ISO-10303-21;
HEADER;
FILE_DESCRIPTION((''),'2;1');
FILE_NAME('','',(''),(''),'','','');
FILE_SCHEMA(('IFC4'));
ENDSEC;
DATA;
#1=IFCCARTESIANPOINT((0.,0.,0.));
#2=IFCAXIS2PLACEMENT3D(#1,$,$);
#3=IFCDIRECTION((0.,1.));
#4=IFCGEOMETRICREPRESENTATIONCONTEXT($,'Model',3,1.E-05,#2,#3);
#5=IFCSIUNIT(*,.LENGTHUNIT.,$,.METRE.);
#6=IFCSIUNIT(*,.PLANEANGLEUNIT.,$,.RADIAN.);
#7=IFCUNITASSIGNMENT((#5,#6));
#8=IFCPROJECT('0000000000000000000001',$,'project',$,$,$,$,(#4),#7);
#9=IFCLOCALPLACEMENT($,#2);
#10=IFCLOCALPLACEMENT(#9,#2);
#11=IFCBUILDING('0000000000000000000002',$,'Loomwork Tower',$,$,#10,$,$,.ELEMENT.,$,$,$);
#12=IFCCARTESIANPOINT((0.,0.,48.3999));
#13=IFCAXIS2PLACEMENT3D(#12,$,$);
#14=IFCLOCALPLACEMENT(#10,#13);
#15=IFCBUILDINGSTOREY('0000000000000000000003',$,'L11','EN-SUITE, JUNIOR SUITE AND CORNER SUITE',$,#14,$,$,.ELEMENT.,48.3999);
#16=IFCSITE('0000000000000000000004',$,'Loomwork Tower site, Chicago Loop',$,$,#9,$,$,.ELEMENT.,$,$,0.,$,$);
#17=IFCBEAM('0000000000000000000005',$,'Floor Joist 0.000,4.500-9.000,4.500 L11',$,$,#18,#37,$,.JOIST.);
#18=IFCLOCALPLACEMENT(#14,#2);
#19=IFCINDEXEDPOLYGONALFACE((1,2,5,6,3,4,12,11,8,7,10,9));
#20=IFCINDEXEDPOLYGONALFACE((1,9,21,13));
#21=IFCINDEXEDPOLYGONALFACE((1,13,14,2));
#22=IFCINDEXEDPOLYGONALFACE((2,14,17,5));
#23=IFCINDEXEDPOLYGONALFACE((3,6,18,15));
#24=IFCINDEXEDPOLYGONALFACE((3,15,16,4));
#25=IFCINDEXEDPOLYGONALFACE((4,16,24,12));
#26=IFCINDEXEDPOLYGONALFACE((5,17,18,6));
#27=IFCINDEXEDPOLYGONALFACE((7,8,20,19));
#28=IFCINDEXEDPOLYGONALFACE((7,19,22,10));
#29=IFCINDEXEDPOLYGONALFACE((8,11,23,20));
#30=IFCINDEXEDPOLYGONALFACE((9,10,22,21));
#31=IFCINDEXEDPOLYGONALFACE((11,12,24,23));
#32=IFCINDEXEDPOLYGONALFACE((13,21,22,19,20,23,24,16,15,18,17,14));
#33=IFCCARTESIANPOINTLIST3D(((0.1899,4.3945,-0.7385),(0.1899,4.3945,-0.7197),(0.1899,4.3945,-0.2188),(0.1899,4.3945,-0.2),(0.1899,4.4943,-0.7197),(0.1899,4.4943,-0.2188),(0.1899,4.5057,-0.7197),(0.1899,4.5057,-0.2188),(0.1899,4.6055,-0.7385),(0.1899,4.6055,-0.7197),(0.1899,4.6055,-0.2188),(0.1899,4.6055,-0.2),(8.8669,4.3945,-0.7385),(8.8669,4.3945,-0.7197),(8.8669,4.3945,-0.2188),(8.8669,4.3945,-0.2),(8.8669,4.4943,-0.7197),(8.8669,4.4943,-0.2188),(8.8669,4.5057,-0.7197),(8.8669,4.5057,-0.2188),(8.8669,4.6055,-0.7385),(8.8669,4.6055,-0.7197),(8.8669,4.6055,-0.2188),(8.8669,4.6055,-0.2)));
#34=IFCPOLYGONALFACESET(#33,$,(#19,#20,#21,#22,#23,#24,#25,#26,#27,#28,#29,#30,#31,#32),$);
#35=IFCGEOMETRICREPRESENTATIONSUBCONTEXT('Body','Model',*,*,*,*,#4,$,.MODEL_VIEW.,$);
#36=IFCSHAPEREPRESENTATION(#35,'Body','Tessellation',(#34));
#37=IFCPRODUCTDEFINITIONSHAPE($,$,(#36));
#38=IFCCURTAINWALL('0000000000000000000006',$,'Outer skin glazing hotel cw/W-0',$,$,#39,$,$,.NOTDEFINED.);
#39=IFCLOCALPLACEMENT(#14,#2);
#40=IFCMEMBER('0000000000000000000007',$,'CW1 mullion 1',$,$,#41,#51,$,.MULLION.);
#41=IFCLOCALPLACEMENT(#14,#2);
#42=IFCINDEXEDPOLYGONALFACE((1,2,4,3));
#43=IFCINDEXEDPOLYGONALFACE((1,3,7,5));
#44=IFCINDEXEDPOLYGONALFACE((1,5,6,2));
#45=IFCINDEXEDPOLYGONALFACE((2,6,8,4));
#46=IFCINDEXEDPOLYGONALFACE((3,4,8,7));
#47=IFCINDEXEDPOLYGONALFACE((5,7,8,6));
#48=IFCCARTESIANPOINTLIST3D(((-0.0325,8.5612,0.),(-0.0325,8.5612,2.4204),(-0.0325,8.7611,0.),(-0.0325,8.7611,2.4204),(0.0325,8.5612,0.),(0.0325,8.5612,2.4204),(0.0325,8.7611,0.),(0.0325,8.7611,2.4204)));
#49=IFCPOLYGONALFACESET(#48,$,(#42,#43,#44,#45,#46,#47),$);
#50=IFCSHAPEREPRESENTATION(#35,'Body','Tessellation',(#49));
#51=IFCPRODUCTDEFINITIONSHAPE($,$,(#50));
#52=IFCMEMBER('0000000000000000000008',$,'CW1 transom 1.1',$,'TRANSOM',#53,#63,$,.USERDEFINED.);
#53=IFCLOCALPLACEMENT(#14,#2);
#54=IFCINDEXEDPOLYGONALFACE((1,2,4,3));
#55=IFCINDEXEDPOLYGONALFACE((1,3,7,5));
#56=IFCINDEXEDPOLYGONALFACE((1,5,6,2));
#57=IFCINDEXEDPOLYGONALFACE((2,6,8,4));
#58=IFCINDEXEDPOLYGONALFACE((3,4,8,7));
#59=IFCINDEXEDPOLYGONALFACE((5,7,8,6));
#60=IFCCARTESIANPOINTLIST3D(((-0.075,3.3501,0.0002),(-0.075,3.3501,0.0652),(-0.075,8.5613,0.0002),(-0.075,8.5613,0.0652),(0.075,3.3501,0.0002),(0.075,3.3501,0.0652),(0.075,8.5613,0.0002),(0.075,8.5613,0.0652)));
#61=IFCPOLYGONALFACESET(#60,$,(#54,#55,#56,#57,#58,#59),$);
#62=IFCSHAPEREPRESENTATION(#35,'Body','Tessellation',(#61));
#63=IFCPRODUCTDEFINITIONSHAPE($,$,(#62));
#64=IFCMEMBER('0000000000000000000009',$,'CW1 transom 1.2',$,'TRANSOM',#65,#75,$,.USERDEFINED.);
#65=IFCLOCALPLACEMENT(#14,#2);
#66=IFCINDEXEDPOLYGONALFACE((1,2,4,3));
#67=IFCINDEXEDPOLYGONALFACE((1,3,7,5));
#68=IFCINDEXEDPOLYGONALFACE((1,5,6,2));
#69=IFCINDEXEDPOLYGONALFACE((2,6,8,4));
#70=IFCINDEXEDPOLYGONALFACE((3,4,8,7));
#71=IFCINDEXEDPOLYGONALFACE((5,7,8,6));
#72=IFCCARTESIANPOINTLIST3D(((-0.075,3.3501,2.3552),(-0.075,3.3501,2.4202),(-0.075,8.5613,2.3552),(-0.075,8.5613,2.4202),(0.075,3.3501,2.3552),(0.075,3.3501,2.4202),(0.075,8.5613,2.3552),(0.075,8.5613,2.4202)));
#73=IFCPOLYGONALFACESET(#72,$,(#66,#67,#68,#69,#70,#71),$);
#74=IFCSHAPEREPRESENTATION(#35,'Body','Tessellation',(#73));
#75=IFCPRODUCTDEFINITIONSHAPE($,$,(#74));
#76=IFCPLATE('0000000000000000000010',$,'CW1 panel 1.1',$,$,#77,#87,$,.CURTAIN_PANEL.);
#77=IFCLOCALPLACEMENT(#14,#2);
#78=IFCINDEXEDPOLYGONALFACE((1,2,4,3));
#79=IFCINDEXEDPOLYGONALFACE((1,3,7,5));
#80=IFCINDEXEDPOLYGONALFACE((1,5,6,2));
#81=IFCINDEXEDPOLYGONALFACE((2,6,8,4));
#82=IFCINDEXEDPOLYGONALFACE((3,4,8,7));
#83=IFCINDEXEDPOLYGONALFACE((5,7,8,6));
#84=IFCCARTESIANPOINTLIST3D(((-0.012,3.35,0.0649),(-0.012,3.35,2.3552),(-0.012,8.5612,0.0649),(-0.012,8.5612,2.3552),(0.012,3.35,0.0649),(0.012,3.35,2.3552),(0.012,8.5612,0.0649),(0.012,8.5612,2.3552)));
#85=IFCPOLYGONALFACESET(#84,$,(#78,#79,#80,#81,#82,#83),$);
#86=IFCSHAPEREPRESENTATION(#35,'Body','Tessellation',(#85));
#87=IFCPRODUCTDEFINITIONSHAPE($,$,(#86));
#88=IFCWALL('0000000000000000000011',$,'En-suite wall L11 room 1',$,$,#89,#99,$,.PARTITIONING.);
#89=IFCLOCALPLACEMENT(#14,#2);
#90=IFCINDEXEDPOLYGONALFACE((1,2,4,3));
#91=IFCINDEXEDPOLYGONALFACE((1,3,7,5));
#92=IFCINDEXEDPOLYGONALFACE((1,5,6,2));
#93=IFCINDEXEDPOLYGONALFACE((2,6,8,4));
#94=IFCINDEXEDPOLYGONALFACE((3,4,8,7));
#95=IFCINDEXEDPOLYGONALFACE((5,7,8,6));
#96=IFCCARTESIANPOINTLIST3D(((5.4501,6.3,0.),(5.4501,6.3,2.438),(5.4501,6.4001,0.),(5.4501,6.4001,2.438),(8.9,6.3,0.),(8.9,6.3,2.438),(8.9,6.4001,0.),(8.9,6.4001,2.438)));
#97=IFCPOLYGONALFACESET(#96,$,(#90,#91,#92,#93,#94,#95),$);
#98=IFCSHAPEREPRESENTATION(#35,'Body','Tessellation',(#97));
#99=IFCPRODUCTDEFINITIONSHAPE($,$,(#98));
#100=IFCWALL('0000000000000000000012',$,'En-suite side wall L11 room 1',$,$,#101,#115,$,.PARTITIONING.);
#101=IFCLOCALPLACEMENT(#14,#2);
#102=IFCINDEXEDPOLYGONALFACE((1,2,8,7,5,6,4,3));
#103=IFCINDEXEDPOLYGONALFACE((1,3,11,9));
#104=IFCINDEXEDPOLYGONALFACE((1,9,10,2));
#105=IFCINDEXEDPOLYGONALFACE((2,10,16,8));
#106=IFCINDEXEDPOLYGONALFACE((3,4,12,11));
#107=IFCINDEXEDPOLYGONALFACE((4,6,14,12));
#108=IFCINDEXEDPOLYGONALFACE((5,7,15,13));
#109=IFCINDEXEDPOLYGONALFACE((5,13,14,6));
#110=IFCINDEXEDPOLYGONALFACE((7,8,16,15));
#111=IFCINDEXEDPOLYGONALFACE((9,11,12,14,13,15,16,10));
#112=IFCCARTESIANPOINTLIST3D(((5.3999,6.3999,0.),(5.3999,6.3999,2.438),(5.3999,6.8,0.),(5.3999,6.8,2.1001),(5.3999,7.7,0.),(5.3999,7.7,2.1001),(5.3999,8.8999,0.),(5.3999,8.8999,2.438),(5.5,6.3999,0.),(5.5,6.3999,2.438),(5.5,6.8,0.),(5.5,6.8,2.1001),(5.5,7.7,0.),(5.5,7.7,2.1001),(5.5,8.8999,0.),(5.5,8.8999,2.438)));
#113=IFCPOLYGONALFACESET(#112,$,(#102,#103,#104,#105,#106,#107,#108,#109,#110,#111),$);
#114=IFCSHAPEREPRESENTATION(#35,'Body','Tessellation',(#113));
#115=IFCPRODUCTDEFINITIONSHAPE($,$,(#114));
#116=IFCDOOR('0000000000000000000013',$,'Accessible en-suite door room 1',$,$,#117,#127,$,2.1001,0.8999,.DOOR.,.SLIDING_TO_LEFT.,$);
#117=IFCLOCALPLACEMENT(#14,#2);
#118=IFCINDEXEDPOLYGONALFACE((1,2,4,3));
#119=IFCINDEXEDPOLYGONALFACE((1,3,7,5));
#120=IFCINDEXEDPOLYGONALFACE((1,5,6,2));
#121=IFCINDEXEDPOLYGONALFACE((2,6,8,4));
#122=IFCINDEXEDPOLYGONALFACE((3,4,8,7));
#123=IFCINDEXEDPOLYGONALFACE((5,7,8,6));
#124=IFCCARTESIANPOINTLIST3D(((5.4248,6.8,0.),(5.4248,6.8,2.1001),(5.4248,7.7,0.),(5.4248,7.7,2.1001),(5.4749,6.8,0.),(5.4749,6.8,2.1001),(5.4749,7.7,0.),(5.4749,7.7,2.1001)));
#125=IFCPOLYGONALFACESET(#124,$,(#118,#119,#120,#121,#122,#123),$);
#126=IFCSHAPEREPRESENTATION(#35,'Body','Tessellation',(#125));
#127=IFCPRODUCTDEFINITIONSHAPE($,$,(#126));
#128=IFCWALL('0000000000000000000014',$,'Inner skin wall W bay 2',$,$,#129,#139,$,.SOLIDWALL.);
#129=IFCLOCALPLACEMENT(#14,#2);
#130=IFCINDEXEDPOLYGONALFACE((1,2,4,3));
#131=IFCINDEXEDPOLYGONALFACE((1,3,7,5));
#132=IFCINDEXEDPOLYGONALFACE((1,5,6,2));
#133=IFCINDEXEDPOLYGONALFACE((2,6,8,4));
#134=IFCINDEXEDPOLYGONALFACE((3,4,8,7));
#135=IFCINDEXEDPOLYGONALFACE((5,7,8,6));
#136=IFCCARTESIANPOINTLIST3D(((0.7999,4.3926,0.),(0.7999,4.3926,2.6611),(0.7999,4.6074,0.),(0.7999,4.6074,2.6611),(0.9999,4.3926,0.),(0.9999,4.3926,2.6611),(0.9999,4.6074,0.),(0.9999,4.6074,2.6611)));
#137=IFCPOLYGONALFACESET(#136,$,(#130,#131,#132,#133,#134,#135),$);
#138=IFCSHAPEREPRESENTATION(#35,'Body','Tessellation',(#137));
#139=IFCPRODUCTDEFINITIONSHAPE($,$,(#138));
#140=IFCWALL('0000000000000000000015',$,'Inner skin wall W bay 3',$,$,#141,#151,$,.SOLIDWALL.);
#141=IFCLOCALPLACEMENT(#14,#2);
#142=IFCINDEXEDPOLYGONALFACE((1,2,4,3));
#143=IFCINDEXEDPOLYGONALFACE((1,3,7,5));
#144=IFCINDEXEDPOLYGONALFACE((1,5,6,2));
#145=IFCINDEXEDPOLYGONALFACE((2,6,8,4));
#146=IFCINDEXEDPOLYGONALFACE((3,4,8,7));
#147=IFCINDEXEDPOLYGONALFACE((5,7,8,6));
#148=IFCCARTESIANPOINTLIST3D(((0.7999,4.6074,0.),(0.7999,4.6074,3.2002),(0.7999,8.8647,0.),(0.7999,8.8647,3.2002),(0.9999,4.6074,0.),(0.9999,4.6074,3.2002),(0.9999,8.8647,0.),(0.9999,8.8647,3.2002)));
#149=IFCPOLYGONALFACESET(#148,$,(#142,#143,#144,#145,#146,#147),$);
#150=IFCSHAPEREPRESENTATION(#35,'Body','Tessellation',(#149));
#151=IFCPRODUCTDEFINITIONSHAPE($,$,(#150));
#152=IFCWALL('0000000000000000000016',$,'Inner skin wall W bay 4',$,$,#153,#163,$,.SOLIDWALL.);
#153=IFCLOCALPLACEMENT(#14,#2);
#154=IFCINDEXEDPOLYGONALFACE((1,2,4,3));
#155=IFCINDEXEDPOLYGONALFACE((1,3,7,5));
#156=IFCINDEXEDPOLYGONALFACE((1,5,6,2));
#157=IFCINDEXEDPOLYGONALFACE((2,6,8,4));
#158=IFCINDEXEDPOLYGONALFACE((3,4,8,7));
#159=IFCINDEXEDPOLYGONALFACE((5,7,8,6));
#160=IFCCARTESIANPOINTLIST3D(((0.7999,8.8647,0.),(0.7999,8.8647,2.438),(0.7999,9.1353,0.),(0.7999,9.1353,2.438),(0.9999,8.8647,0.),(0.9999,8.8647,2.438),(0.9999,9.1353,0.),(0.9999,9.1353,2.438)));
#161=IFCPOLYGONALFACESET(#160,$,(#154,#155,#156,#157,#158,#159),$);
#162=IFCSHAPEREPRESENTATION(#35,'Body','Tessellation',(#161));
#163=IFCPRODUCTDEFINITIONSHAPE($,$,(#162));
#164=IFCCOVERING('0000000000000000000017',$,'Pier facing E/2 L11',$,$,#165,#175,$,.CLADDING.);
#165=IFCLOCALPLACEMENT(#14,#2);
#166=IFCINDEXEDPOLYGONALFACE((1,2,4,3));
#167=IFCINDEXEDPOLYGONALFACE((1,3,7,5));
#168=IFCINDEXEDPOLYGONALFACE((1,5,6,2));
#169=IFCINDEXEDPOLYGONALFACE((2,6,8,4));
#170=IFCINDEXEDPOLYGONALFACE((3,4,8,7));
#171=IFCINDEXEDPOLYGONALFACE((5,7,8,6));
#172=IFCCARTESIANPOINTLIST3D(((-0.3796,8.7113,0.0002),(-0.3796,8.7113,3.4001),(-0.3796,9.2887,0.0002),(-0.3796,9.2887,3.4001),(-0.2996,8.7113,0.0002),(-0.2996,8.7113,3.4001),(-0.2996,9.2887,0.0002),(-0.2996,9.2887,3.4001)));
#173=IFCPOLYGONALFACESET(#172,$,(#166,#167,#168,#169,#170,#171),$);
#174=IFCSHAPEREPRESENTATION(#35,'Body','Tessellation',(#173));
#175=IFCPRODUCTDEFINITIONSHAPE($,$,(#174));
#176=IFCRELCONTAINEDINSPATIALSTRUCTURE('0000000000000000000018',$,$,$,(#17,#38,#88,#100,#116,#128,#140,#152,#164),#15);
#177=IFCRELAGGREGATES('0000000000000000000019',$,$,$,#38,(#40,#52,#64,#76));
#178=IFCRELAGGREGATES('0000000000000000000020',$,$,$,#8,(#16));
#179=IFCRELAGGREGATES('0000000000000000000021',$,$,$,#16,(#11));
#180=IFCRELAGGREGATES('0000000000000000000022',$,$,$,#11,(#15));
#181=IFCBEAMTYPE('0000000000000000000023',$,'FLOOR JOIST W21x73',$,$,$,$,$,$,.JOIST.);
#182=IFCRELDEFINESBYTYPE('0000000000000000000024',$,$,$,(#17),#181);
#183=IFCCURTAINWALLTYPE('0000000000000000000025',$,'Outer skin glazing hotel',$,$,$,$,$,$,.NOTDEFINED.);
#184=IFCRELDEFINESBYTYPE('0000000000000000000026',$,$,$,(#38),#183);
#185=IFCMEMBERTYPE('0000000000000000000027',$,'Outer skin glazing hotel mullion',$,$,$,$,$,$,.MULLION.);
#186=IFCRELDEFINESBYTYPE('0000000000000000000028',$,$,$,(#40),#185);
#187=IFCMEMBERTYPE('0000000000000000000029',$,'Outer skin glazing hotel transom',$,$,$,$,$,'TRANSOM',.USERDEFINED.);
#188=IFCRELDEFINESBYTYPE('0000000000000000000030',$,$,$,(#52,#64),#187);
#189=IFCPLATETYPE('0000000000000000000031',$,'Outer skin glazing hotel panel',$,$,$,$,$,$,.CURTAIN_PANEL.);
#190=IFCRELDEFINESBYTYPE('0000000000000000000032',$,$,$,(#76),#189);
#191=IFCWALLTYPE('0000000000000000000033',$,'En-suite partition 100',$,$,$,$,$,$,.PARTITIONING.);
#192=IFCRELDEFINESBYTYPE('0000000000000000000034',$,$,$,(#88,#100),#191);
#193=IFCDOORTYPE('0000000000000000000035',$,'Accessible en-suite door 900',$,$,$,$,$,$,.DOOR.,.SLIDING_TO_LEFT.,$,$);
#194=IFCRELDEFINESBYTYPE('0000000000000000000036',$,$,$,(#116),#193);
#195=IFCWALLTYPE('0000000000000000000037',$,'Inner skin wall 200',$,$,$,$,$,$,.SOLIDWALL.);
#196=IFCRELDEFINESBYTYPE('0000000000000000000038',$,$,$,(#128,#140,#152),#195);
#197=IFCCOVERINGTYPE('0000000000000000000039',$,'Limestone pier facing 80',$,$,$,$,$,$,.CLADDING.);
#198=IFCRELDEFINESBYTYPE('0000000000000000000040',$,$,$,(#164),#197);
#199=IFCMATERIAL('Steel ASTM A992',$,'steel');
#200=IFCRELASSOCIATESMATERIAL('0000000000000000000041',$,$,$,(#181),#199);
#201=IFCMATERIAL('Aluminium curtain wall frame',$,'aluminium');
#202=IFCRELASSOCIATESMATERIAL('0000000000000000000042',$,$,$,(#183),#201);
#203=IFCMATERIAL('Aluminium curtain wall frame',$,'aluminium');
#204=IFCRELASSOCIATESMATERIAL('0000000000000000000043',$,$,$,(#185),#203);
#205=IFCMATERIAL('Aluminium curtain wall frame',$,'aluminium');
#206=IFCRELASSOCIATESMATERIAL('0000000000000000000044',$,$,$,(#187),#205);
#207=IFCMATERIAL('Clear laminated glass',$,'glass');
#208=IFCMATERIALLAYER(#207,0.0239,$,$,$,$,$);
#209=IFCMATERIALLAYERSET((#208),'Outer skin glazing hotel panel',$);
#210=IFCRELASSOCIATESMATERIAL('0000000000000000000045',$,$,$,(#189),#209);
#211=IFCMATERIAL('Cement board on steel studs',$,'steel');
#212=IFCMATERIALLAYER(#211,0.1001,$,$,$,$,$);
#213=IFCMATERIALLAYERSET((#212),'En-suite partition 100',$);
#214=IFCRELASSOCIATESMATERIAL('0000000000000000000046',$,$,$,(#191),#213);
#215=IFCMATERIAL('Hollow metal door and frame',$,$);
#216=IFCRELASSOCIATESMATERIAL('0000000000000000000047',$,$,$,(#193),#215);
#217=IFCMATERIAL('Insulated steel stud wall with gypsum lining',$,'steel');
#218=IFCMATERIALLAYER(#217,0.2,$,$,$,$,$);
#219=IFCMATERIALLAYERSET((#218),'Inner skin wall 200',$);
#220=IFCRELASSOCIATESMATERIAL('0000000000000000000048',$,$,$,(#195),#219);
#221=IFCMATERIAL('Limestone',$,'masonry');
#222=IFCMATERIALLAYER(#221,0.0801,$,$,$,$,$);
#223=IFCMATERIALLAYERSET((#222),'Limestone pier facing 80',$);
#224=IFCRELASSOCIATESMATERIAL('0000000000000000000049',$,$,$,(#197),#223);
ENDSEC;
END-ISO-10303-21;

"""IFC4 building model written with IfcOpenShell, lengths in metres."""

from ifc_helpers import new_model, si_unit, direction, frame, frame_2d, origin, origin_2d, place, context, subcontext, project, spatial, rectangle, i_section, extrude, material, layer, layer_set, material_profile, profile_set, type_object, element, fill, aggregate, save


model = new_model("IFC4")

# Units and contexts
model_context = context("Model", 3, precision=1e-05, world=origin(), true_north=direction((0.0, 1.0)))
body_context = subcontext(model_context, "Body", "Model", "MODEL_VIEW")
ifc_project = project(units=[si_unit("LENGTHUNIT", "METRE"), si_unit("PLANEANGLEUNIT", "RADIAN")], contexts=[model_context])

# Site, building, storey
site_placement = place(None, origin())
site = spatial("IfcSite", under=ifc_project, at=site_placement, Name="Loomwork Tower site, Chicago Loop", CompositionType="ELEMENT", RefElevation=0.0)
building_placement = place(site_placement, origin())
building = spatial("IfcBuilding", under=site, at=building_placement, Name="Loomwork Tower", CompositionType="ELEMENT")
storey_placement = place(building_placement, frame((0.0, 0.0, 48.3999)))
storey = spatial("IfcBuildingStorey", under=building, at=storey_placement, Name="L11", Description="EN-SUITE, JUNIOR SUITE AND CORNER SUITE", CompositionType="ELEMENT", Elevation=48.3999)

# Beam
ifc_material_1 = material(Name="Steel ASTM A992", Category="steel")
ifc_material_profile_1 = material_profile(ifc_material_1, i_section(OverallWidth=0.2109, OverallDepth=0.5386, WebThickness=0.0115, FlangeThickness=0.0188, at=origin_2d()), Name="W21x73")
ifc_profile_set_1 = profile_set([ifc_material_profile_1], Name="Steel ASTM A992")
beam_type = type_object("IfcBeamType", Name="FLOOR JOIST W21x73", PredefinedType="JOIST", material=ifc_profile_set_1)
beam_placement = place(storey_placement, frame((0.1899, 4.5, -0.4692), z_axis=(1.0, 0.0, 0.0), x_axis=(0.0, 1.0, 0.0)))
element("IfcBeam", 1, at=beam_placement, inside=storey, type_object=beam_type, Name="Floor Joist 0.000,4.500-9.000,4.500 L11", PredefinedType="JOIST", context=body_context, shape_type="SweptSolid", body=[
    extrude(i_section(OverallWidth=0.2109, OverallDepth=0.5386, WebThickness=0.0115, FlangeThickness=0.0188, at=origin_2d()), origin(), (0.0, 0.0, 1.0), 8.677),
])

# Curtain wall, members, plate
ifc_material_2 = material(Name="Aluminium curtain wall frame", Category="aluminium")
curtain_wall_type = type_object("IfcCurtainWallType", Name="Outer skin glazing hotel", PredefinedType="NOTDEFINED", material=ifc_material_2)
curtain_wall_placement = place(storey_placement, origin())
curtain_wall = element("IfcCurtainWall", 2, at=curtain_wall_placement, inside=storey, type_object=curtain_wall_type, Name="Outer skin glazing hotel cw/W-0", PredefinedType="NOTDEFINED")
ifc_material_3 = material(Name="Aluminium curtain wall frame", Category="aluminium")
ifc_material_profile_2 = material_profile(ifc_material_3, rectangle(XDim=0.0649, YDim=0.2, at=origin_2d()), Name="AL 65x200")
ifc_profile_set_2 = profile_set([ifc_material_profile_2], Name="Aluminium curtain wall frame")
member_type_1 = type_object("IfcMemberType", Name="Outer skin glazing hotel mullion", PredefinedType="MULLION", material=ifc_profile_set_2)
member_1_placement = place(storey_placement, frame((0.0, 8.6611, 0.0), z_axis=(0.0, 0.0, 1.0), x_axis=(1.0, 0.0, 0.0)))
member_1 = element("IfcMember", 3, at=member_1_placement, type_object=member_type_1, Name="CW1 mullion 1", PredefinedType="MULLION", context=body_context, shape_type="SweptSolid", body=[
    extrude(rectangle(XDim=0.0649, YDim=0.2, at=origin_2d()), origin(), (0.0, 0.0, 1.0), 2.4204),
])
ifc_material_4 = material(Name="Aluminium curtain wall frame", Category="aluminium")
ifc_material_profile_3 = material_profile(ifc_material_4, rectangle(XDim=0.1499, YDim=0.0649, at=origin_2d()), Name="AL 65x150")
ifc_profile_set_3 = profile_set([ifc_material_profile_3], Name="Aluminium curtain wall frame")
member_type_2 = type_object("IfcMemberType", Name="Outer skin glazing hotel transom", ElementType="TRANSOM", PredefinedType="USERDEFINED", material=ifc_profile_set_3)
member_2_placement = place(storey_placement, frame((0.0, 8.5613, 0.0327), z_axis=(0.0, -1.0, 0.0), x_axis=(1.0, 0.0, 0.0)))
member_2 = element("IfcMember", 4, at=member_2_placement, type_object=member_type_2, Name="CW1 transom 1.1", ObjectType="TRANSOM", PredefinedType="USERDEFINED", context=body_context, shape_type="SweptSolid", body=[
    extrude(rectangle(XDim=0.1499, YDim=0.0649, at=origin_2d()), origin(), (0.0, 0.0, 1.0), 5.2112),
])
member_3_placement = place(storey_placement, frame((0.0, 8.5613, 2.3877), z_axis=(0.0, -1.0, 0.0), x_axis=(1.0, 0.0, 0.0)))
member_3 = element("IfcMember", 5, at=member_3_placement, type_object=member_type_2, Name="CW1 transom 1.2", ObjectType="TRANSOM", PredefinedType="USERDEFINED", context=body_context, shape_type="SweptSolid", body=[
    extrude(rectangle(XDim=0.1499, YDim=0.0649, at=origin_2d()), origin(), (0.0, 0.0, 1.0), 5.2112),
])
ifc_material_5 = material(Name="Clear laminated glass", Category="glass")
ifc_layer_1 = layer(ifc_material_5, 0.0239)
ifc_layer_set_1 = layer_set([ifc_layer_1], Name="Outer skin glazing hotel panel")
plate_type = type_object("IfcPlateType", Name="Outer skin glazing hotel panel", PredefinedType="CURTAIN_PANEL", material=ifc_layer_set_1)
plate_placement = place(storey_placement, frame((0.0, 5.9556, 0.0649), z_axis=(0.0, 0.0, 1.0), x_axis=(0.0, -1.0, 0.0)))
plate = element("IfcPlate", 6, at=plate_placement, type_object=plate_type, Name="CW1 panel 1.1", PredefinedType="CURTAIN_PANEL", context=body_context, shape_type="SweptSolid", body=[
    extrude(rectangle(XDim=5.2112, YDim=0.0239, at=origin_2d()), origin(), (0.0, 0.0, 1.0), 2.2903),
])
aggregate(curtain_wall, [member_1, member_2, member_3, plate])

# Wall
ifc_material_6 = material(Name="Cement board on steel studs", Category="steel")
ifc_layer_2 = layer(ifc_material_6, 0.1001)
ifc_layer_set_2 = layer_set([ifc_layer_2], Name="En-suite partition 100")
wall_type_1 = type_object("IfcWallType", Name="En-suite partition 100", PredefinedType="PARTITIONING", material=ifc_layer_set_2)
wall_1_placement = place(storey_placement, frame((5.45, 6.3501, 0.0), z_axis=(0.0, 0.0, 1.0), x_axis=(1.0, 0.0, 0.0)))
element("IfcWall", 7, at=wall_1_placement, inside=storey, type_object=wall_type_1, Name="En-suite wall L11 room 1", PredefinedType="PARTITIONING", context=body_context, shape_type="SweptSolid", body=[
    extrude(rectangle(XDim=3.45, YDim=0.1001, at=frame_2d((1.7251, 0.0))), origin(), (0.0, 0.0, 1.0), 2.438),
])

# Wall, opening, door
wall_2_placement = place(storey_placement, frame((5.45, 8.8999, 0.0), z_axis=(0.0, 0.0, 1.0), x_axis=(0.0, -1.0, 0.0)))
wall_2 = element("IfcWall", 8, at=wall_2_placement, inside=storey, type_object=wall_type_1, Name="En-suite side wall L11 room 1", PredefinedType="PARTITIONING", context=body_context, shape_type="SweptSolid", body=[
    extrude(rectangle(XDim=2.5, YDim=0.1001, at=frame_2d((1.25, 0.0))), origin(), (0.0, 0.0, 1.0), 2.438),
])
opening_placement = place(wall_2_placement, frame((1.2, 0.0, 0.0)))
opening = element("IfcOpeningElement", 9, at=opening_placement, cuts=wall_2, PredefinedType="OPENING", context=body_context, shape_type="SweptSolid", body=[
    extrude(rectangle(XDim=0.8999, YDim=2.1001, at=frame_2d((0.45, 1.05))), frame((0.0, 0.0601, 0.0), z_axis=(0.0, -1.0, 0.0), x_axis=(1.0, 0.0, 0.0)), (0.0, 0.0, 1.0), 0.1201),
])
ifc_material_7 = material(Name="Hollow metal door and frame")
door_type = type_object("IfcDoorType", Name="Accessible en-suite door 900", OperationType="SLIDING_TO_LEFT", PredefinedType="DOOR", material=ifc_material_7)
door_placement = place(opening_placement, origin())
door = element("IfcDoor", 10, at=door_placement, inside=storey, type_object=door_type, Name="Accessible en-suite door room 1", OperationType="SLIDING_TO_LEFT", OverallHeight=2.1001, OverallWidth=0.8999, PredefinedType="DOOR", context=body_context, shape_type="SweptSolid", body=[
    extrude(rectangle(XDim=0.8999, YDim=2.1001, at=frame_2d((0.45, 1.05))), frame((0.0, 0.0249, 0.0), z_axis=(0.0, -1.0, 0.0), x_axis=(1.0, 0.0, 0.0)), (0.0, 0.0, 1.0), 0.05),
])
fill(opening, door)

# Walls
ifc_material_8 = material(Name="Insulated steel stud wall with gypsum lining", Category="steel")
ifc_layer_3 = layer(ifc_material_8, 0.2)
ifc_layer_set_3 = layer_set([ifc_layer_3], Name="Inner skin wall 200")
wall_type_2 = type_object("IfcWallType", Name="Inner skin wall 200", PredefinedType="SOLIDWALL", material=ifc_layer_set_3)
wall_3_placement = place(storey_placement, frame((0.8999, 4.3926, 0.0), z_axis=(0.0, 0.0, 1.0), x_axis=(0.0, 1.0, 0.0)))
element("IfcWall", 11, at=wall_3_placement, inside=storey, type_object=wall_type_2, Name="Inner skin wall W bay 2", PredefinedType="SOLIDWALL", context=body_context, shape_type="SweptSolid", body=[
    extrude(rectangle(XDim=0.2148, YDim=0.2, at=frame_2d((0.1074, 0.0))), origin(), (0.0, 0.0, 1.0), 2.6611),
])
wall_4_placement = place(storey_placement, frame((0.8999, 4.6074, 0.0), z_axis=(0.0, 0.0, 1.0), x_axis=(0.0, 1.0, 0.0)))
element("IfcWall", 12, at=wall_4_placement, inside=storey, type_object=wall_type_2, Name="Inner skin wall W bay 3", PredefinedType="SOLIDWALL", context=body_context, shape_type="SweptSolid", body=[
    extrude(rectangle(XDim=4.2573, YDim=0.2, at=frame_2d((2.1287, 0.0))), origin(), (0.0, 0.0, 1.0), 3.2002),
])
wall_5_placement = place(storey_placement, frame((0.8999, 8.8647, 0.0), z_axis=(0.0, 0.0, 1.0), x_axis=(0.0, 1.0, 0.0)))
element("IfcWall", 13, at=wall_5_placement, inside=storey, type_object=wall_type_2, Name="Inner skin wall W bay 4", PredefinedType="SOLIDWALL", context=body_context, shape_type="SweptSolid", body=[
    extrude(rectangle(XDim=0.2705, YDim=0.2, at=frame_2d((0.1353, 0.0))), origin(), (0.0, 0.0, 1.0), 2.438),
])

# Covering
ifc_material_9 = material(Name="Limestone", Category="masonry")
ifc_layer_4 = layer(ifc_material_9, 0.0801)
ifc_layer_set_4 = layer_set([ifc_layer_4], Name="Limestone pier facing 80")
covering_type = type_object("IfcCoveringType", Name="Limestone pier facing 80", PredefinedType="CLADDING", material=ifc_layer_set_4)
covering_placement = place(storey_placement, frame((-0.3396, 9.0, 0.0002), z_axis=(0.0, 0.0, 1.0), x_axis=(1.0, 0.0, 0.0)))
element("IfcCovering", 14, at=covering_placement, inside=storey, type_object=covering_type, Name="Pier facing E/2 L11", PredefinedType="CLADDING", context=body_context, shape_type="SweptSolid", body=[
    extrude(rectangle(XDim=0.0801, YDim=0.5774, at=origin_2d()), origin(), (0.0, 0.0, 1.0), 3.3999),
])

save(model, "model.ifc")
